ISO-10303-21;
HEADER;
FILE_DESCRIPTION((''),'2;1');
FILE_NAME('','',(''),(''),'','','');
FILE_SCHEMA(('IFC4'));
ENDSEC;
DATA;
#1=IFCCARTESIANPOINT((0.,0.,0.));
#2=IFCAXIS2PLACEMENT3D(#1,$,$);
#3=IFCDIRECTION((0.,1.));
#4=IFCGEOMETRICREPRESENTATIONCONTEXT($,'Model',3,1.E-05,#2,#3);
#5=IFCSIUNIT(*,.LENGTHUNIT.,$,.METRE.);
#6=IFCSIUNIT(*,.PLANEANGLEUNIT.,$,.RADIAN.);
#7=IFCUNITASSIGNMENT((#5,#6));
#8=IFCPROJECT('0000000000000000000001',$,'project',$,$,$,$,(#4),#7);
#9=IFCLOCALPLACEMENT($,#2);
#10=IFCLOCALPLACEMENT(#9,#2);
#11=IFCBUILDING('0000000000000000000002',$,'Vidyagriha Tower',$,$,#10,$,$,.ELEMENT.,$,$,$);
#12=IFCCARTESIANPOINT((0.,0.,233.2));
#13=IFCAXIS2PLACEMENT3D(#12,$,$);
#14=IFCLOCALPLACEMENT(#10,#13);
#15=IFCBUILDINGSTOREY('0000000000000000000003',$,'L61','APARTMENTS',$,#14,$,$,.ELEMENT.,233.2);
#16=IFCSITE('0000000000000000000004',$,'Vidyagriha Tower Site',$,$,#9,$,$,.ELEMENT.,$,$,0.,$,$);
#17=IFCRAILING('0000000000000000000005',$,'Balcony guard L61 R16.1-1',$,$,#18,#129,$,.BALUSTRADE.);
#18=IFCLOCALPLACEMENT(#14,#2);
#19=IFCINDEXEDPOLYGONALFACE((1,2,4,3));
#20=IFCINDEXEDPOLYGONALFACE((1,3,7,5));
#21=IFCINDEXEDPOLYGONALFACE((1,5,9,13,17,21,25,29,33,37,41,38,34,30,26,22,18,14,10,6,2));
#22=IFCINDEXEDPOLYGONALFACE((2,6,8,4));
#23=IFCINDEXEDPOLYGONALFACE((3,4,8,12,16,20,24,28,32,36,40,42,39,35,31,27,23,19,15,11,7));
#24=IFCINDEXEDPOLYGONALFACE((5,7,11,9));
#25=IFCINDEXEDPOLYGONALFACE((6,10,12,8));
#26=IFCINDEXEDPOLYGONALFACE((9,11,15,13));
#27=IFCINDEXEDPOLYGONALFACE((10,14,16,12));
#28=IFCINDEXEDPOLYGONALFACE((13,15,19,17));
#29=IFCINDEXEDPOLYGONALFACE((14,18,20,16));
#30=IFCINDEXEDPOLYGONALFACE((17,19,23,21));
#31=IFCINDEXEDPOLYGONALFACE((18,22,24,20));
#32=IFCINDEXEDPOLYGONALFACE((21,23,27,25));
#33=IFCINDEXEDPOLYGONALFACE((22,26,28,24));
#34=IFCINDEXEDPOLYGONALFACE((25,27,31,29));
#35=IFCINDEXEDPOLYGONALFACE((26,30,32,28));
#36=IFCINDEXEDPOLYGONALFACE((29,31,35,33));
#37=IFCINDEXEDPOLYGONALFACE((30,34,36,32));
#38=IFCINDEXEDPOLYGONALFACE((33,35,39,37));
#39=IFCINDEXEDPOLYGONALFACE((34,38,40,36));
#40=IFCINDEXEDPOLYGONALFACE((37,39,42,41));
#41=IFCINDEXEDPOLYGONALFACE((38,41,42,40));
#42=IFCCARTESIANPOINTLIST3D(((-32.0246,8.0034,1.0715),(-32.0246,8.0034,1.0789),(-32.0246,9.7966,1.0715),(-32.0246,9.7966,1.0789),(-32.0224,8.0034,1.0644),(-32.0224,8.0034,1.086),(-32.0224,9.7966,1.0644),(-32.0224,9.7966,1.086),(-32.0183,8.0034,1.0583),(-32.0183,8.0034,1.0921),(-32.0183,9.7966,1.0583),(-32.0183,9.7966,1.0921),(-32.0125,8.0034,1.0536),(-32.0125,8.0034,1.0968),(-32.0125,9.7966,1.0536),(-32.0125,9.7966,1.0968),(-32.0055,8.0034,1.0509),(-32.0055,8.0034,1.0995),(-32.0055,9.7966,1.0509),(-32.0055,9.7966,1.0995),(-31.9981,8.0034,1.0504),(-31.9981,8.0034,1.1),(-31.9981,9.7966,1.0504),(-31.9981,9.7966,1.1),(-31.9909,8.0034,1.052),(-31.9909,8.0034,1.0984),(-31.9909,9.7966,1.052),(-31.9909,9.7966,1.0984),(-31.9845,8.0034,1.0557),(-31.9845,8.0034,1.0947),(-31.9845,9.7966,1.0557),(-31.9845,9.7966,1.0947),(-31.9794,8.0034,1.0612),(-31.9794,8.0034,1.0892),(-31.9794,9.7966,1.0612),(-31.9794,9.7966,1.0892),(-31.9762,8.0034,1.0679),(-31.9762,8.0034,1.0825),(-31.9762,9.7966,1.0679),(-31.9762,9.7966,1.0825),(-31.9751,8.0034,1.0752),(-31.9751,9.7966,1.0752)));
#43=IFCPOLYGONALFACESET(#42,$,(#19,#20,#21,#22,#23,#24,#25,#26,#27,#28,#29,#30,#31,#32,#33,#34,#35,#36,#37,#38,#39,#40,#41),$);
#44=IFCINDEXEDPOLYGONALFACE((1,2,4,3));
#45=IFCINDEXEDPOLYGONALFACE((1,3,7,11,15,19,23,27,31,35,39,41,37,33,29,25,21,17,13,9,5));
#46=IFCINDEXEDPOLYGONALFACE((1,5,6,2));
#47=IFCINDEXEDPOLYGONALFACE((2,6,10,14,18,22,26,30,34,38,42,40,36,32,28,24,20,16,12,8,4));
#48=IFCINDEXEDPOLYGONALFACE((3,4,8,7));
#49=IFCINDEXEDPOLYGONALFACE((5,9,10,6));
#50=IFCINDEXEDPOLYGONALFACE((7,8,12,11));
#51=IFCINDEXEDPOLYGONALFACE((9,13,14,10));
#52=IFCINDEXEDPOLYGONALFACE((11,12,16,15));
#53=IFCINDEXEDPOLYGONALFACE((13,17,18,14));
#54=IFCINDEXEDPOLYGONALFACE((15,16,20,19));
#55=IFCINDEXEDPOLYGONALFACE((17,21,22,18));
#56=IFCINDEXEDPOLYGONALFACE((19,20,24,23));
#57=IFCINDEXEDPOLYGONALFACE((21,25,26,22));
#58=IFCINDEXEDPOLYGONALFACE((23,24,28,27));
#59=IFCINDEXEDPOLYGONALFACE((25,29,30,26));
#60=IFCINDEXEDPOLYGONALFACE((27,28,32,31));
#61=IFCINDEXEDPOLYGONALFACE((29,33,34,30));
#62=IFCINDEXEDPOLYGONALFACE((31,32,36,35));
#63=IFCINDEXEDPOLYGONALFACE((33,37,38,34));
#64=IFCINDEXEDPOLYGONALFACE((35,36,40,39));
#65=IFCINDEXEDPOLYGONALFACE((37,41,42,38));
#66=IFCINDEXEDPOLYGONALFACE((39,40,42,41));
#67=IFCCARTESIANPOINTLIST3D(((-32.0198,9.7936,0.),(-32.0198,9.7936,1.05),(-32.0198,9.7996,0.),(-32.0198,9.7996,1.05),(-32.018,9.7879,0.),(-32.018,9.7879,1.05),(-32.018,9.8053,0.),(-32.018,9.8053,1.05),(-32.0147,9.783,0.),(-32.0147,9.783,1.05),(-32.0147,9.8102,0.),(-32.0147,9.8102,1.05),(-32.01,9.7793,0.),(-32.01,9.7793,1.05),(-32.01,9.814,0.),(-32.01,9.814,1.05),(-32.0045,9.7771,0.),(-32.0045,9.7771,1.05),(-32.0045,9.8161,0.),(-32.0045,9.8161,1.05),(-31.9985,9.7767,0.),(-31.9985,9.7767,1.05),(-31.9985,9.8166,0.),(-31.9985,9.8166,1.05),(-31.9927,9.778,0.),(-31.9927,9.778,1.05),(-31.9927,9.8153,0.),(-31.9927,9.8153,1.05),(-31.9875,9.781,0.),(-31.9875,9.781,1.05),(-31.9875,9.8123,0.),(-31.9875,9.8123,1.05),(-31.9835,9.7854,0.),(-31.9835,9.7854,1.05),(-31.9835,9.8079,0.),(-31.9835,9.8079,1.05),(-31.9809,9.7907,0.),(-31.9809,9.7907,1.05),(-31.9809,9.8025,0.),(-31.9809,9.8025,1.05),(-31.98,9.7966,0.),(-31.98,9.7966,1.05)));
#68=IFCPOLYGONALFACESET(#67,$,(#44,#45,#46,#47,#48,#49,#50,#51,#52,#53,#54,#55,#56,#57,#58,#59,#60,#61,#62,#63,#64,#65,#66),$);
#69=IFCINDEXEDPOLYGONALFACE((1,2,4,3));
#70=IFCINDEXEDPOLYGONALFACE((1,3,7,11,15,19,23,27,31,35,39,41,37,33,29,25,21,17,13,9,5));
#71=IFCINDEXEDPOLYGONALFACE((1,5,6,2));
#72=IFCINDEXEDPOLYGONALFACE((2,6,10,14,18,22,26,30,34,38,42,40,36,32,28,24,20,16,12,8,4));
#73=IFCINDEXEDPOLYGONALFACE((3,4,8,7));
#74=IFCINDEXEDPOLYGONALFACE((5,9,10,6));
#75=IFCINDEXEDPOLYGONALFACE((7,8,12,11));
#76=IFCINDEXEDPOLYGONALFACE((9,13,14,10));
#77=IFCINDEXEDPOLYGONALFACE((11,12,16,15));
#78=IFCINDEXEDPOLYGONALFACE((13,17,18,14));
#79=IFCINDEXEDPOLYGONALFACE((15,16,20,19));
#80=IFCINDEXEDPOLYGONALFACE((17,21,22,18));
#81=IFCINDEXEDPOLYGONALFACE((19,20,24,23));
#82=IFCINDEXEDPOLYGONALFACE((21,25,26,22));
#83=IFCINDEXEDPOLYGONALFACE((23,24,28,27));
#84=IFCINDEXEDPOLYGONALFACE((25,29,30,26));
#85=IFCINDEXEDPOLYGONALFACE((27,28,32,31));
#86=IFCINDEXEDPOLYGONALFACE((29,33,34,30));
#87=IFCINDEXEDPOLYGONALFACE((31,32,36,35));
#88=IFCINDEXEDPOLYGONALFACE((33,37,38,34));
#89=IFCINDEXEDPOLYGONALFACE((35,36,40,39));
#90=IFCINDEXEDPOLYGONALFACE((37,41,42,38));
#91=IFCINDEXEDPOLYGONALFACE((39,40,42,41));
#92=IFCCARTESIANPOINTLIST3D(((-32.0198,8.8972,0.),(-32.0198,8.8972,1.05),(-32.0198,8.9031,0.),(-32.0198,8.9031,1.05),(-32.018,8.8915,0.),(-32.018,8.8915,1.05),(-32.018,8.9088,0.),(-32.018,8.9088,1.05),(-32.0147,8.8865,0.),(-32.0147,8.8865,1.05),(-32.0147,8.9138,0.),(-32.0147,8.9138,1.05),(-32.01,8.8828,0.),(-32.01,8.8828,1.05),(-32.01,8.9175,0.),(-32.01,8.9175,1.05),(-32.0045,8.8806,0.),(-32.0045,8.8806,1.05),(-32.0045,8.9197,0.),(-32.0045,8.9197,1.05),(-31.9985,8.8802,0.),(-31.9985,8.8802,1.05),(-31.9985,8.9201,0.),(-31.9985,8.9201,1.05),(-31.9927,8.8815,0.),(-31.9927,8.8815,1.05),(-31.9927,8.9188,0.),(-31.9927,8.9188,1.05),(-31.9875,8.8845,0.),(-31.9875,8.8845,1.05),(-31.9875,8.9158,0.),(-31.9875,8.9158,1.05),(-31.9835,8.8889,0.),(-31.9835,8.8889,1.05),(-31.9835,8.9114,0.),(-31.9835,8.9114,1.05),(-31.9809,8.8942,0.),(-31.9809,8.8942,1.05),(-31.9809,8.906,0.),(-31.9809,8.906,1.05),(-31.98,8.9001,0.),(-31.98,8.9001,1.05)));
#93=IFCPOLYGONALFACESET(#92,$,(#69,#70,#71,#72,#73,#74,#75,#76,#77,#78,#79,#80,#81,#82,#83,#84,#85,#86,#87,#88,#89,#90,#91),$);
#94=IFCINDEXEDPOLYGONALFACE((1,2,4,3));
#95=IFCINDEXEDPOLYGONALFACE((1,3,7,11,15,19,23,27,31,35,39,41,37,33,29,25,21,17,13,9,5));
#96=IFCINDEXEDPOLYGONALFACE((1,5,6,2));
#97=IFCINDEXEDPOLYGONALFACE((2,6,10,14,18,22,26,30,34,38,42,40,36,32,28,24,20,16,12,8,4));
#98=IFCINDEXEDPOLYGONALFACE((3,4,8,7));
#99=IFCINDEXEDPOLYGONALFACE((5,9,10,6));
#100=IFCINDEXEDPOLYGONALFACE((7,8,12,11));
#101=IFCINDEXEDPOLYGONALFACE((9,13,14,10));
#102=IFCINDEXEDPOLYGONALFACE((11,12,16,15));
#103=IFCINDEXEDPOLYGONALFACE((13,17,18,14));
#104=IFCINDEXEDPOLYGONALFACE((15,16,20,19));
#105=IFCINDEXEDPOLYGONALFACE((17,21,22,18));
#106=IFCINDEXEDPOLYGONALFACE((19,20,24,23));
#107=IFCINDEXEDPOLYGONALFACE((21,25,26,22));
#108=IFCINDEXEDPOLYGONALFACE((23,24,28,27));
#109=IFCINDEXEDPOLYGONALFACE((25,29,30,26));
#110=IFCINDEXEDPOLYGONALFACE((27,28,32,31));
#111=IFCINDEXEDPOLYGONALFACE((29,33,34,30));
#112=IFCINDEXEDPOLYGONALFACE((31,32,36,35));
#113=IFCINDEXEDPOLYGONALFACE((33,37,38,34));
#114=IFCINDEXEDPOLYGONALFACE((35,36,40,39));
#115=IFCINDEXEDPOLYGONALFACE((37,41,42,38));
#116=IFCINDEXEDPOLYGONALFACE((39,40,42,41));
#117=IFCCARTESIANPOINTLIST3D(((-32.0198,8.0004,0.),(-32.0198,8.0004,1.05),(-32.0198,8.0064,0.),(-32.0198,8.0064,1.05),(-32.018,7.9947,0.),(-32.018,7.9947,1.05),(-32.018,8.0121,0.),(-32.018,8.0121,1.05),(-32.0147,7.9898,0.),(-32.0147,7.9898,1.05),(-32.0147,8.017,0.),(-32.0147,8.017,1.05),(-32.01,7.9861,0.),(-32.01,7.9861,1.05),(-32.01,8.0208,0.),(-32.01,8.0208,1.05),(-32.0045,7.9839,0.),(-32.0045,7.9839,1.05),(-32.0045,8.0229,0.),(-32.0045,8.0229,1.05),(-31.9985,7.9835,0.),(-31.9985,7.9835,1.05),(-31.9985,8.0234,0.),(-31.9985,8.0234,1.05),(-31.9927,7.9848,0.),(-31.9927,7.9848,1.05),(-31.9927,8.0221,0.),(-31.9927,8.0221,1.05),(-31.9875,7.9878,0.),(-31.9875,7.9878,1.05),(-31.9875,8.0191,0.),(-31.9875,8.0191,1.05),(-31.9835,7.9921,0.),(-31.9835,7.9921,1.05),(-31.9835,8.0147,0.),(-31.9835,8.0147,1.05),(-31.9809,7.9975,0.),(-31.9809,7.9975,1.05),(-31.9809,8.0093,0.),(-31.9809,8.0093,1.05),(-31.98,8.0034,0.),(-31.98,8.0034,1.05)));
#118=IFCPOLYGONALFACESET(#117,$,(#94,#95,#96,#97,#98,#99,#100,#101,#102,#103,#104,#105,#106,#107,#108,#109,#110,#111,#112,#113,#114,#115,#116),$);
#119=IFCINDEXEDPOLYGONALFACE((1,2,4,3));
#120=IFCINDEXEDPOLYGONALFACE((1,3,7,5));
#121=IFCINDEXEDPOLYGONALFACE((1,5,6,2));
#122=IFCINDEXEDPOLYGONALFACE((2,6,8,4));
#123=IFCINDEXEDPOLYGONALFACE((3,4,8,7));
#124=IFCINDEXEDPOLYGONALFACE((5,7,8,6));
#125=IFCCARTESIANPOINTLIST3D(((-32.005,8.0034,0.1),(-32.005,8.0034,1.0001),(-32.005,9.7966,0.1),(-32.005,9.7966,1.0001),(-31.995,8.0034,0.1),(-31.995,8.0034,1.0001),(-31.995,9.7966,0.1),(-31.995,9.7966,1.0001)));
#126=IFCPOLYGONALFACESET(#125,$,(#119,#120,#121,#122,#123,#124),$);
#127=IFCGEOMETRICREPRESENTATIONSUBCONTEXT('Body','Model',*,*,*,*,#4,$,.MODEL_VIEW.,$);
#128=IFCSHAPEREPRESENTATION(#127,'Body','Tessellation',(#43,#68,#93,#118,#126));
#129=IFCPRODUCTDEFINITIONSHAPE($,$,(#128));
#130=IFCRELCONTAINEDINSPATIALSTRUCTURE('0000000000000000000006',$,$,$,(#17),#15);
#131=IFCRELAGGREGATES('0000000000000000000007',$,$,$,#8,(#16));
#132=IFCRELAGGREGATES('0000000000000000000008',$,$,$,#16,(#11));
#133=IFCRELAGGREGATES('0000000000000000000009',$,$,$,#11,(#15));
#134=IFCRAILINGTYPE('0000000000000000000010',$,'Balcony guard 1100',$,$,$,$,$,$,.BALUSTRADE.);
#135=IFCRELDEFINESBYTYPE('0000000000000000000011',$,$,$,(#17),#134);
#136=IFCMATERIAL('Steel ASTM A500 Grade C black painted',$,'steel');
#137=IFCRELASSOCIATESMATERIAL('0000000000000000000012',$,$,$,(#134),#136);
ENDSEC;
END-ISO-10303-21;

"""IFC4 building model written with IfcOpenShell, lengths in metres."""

from ifc_helpers import new_model, si_unit, direction, frame, origin, origin_2d, place, context, subcontext, project, spatial, rectangle, circle, extrude, material, type_object, element, save


model = new_model("IFC4")

# Units and contexts
model_context = context("Model", 3, precision=1e-05, world=origin(), true_north=direction((0.0, 1.0)))
body_context = subcontext(model_context, "Body", "Model", "MODEL_VIEW")
ifc_project = project(units=[si_unit("LENGTHUNIT", "METRE"), si_unit("PLANEANGLEUNIT", "RADIAN")], contexts=[model_context])

# Site, building, storey
site_placement = place(None, origin())
site = spatial("IfcSite", under=ifc_project, at=site_placement, Name="Vidyagriha Tower Site", CompositionType="ELEMENT", RefElevation=0.0)
building_placement = place(site_placement, origin())
building = spatial("IfcBuilding", under=site, at=building_placement, Name="Vidyagriha Tower", CompositionType="ELEMENT")
storey_placement = place(building_placement, frame((0.0, 0.0, 233.2)))
storey = spatial("IfcBuildingStorey", under=building, at=storey_placement, Name="L61", Description="APARTMENTS", CompositionType="ELEMENT", Elevation=233.2)

# Railing
ifc_material_1 = material(Name="Steel ASTM A500 Grade C black painted", Category="steel")
railing_type_1 = type_object("IfcRailingType", Name="Balcony guard 1100", PredefinedType="BALUSTRADE", material=ifc_material_1)
railing_1_placement = place(storey_placement, frame((-32.0, 9.7966, 0.0)))
element("IfcRailing", 1, at=railing_1_placement, inside=storey, type_object=railing_type_1, Name="Balcony guard L61 R16.1-1", PredefinedType="BALUSTRADE", context=body_context, shape_type="SweptSolid", body=[
    extrude(circle(Radius=0.0249, at=origin_2d()), frame((0.0, 0.0, 1.0752), z_axis=(0.0, -1.0, 0.0), x_axis=(1.0, 0.0, 0.0)), (0.0, 0.0, 1.0), 1.7932),
    extrude(circle(Radius=0.02, at=origin_2d()), origin(), (0.0, 0.0, 1.0), 1.05),
    extrude(circle(Radius=0.02, at=origin_2d()), frame((0.0, -0.8965, 0.0)), (0.0, 0.0, 1.0), 1.05),
    extrude(circle(Radius=0.02, at=origin_2d()), frame((0.0, -1.7932, 0.0)), (0.0, 0.0, 1.0), 1.05),
    extrude(rectangle(XDim=0.01, YDim=0.9001, at=origin_2d()), frame((0.0, 0.0, 0.55), z_axis=(0.0, -1.0, 0.0), x_axis=(1.0, 0.0, 0.0)), (0.0, 0.0, 1.0), 1.7932),
])

save(model, "model.ifc")
